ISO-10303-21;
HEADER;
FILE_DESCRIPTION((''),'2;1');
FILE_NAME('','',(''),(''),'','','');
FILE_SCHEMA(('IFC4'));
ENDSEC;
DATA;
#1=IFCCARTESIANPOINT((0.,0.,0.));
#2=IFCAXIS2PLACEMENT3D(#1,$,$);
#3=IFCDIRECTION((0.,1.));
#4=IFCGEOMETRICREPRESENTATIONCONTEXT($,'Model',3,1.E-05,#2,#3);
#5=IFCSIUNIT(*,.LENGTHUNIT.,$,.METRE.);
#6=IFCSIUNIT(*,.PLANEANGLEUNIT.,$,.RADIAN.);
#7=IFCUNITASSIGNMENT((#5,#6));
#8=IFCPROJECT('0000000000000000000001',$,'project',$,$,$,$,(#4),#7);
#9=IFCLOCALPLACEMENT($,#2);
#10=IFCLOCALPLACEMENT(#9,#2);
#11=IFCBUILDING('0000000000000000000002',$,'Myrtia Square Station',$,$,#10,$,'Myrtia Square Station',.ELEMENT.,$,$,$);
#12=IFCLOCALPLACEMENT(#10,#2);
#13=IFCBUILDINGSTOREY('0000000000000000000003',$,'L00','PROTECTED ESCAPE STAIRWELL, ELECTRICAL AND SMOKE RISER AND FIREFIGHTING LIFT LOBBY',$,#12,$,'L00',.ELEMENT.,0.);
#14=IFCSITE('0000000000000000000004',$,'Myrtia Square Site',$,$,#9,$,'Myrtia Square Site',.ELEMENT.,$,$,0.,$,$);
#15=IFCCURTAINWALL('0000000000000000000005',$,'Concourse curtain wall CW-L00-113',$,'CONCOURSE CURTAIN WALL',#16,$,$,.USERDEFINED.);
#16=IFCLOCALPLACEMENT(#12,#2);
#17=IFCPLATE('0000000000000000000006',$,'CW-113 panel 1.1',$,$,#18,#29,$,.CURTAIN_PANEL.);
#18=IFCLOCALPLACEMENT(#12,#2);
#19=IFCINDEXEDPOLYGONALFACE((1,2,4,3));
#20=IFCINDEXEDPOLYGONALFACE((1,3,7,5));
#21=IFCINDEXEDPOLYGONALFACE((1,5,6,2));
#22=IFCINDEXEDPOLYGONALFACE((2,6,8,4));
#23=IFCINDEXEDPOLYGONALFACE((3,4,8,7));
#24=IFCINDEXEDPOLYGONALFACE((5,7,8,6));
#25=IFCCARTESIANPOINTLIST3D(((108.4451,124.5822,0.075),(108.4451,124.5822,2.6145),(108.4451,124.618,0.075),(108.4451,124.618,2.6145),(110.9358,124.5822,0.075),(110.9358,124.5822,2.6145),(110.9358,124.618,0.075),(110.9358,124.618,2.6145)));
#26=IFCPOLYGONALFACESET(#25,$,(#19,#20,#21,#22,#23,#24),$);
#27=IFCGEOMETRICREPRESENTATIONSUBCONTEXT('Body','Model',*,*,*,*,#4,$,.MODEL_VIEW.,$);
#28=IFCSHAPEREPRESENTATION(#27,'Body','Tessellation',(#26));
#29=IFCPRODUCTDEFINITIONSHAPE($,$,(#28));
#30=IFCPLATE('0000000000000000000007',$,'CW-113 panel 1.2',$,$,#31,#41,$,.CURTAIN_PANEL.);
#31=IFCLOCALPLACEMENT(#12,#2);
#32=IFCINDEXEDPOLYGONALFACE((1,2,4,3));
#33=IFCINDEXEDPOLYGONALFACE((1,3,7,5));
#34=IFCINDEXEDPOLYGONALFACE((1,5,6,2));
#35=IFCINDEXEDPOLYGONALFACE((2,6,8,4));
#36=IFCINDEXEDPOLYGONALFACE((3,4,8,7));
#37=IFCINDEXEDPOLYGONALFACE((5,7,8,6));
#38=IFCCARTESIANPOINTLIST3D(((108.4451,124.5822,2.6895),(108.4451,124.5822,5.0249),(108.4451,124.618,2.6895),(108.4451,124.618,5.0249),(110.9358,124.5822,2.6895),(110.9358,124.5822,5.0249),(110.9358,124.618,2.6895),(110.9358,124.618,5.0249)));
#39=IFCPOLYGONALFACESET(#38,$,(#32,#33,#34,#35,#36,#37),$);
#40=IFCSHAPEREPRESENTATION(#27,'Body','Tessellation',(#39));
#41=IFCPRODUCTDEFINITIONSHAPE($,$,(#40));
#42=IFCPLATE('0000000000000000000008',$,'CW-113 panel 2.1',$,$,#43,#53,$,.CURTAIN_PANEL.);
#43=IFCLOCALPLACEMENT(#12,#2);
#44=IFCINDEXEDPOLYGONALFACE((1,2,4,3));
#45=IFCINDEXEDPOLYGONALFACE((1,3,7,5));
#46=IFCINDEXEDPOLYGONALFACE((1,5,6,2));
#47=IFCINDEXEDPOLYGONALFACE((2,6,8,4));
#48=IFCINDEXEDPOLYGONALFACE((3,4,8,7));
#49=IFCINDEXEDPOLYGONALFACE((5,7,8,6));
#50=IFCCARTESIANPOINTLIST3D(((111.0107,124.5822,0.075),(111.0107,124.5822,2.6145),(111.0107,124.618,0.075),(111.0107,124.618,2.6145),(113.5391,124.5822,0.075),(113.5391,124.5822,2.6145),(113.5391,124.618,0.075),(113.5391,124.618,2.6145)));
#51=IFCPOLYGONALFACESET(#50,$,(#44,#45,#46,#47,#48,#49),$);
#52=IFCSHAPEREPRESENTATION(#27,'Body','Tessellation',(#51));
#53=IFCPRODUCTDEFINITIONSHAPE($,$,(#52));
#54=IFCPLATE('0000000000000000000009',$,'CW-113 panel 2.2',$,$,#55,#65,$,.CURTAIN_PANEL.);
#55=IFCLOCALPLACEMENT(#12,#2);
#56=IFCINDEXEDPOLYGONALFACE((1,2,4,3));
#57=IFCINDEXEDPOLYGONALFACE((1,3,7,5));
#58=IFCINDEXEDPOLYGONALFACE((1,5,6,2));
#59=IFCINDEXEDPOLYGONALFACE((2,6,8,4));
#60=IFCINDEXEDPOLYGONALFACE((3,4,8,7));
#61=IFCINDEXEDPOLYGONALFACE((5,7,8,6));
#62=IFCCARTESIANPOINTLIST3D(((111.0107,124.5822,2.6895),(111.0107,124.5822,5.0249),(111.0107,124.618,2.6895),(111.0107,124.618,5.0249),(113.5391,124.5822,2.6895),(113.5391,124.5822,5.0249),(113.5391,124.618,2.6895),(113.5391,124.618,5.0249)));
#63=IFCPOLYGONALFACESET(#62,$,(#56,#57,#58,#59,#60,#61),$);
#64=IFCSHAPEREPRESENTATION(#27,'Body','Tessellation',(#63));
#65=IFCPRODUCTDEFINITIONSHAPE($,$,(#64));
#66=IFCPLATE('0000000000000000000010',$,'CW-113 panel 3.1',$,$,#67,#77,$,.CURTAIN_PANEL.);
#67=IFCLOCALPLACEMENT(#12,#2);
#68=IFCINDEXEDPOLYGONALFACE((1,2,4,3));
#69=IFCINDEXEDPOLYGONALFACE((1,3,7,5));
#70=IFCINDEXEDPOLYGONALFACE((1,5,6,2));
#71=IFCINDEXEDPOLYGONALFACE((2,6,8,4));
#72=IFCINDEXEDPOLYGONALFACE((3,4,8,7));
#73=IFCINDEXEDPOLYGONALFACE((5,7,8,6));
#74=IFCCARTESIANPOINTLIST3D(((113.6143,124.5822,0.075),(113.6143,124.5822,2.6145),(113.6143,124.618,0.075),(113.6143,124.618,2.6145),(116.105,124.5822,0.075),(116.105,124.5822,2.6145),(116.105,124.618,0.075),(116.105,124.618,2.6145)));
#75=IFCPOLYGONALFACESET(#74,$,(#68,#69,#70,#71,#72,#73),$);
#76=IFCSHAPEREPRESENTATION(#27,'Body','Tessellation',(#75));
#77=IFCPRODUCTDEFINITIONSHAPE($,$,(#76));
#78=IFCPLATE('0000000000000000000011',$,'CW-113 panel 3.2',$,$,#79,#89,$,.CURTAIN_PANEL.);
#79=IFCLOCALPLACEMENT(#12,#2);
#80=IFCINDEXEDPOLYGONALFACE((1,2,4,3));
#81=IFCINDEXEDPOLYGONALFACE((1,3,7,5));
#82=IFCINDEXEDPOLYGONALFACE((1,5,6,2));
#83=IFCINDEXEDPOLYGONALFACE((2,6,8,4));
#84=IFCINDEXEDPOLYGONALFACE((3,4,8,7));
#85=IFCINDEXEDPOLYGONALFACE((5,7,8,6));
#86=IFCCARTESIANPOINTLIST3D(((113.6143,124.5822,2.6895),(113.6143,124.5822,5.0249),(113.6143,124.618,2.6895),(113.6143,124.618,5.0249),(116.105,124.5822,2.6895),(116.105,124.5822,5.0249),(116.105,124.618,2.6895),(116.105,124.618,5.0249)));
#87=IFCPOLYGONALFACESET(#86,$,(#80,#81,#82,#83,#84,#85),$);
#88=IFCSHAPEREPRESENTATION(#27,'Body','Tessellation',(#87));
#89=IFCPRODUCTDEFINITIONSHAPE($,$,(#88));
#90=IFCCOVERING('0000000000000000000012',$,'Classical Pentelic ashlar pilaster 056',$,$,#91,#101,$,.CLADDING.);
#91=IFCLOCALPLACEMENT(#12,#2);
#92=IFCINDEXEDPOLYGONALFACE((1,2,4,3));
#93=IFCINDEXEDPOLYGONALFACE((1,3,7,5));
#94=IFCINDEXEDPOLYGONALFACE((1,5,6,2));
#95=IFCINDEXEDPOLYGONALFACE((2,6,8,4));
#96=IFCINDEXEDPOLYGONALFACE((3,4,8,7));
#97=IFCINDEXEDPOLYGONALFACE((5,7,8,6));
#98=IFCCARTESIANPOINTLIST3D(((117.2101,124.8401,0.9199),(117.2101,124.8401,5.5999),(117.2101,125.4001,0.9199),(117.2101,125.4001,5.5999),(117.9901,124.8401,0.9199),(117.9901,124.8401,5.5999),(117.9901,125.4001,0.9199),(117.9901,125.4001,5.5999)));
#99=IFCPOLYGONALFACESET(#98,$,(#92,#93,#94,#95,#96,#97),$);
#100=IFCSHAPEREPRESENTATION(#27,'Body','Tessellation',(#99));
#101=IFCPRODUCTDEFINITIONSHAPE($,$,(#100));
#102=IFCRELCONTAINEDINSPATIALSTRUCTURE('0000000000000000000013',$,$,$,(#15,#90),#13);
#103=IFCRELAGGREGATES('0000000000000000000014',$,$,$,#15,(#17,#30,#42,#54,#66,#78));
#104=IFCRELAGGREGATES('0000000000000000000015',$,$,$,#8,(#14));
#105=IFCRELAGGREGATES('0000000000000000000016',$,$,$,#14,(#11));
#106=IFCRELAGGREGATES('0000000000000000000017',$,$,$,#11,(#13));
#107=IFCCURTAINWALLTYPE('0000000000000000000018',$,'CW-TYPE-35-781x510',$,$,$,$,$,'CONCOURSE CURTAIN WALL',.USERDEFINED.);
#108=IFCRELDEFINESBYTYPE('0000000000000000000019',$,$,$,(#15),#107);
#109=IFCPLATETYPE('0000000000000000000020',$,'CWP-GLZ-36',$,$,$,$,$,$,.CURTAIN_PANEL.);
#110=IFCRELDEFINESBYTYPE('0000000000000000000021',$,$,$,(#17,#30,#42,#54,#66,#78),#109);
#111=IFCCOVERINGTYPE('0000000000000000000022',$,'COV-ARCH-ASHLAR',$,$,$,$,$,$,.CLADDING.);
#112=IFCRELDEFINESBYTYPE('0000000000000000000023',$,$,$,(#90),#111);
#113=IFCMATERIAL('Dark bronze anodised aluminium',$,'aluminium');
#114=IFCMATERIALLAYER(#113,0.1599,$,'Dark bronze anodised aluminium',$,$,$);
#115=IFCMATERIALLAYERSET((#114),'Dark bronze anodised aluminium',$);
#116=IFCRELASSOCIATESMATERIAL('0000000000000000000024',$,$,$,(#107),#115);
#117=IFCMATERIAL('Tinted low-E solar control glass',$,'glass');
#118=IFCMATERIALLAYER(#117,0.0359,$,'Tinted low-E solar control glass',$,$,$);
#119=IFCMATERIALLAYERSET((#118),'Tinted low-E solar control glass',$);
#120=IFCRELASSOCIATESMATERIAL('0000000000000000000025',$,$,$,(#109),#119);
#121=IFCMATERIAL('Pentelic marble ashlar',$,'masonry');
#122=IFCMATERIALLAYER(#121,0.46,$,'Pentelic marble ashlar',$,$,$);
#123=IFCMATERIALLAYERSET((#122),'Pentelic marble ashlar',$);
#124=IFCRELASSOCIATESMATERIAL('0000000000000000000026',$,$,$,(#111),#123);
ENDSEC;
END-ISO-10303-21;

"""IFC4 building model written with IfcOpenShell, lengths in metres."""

from ifc_helpers import new_model, si_unit, direction, frame, origin, origin_2d, place, context, subcontext, project, spatial, rectangle, extrude, material, layer, layer_set, type_object, element, aggregate, save


model = new_model("IFC4")

# Units and contexts
model_context = context("Model", 3, precision=1e-05, world=origin(), true_north=direction((0.0, 1.0)))
body_context = subcontext(model_context, "Body", "Model", "MODEL_VIEW")
ifc_project = project(units=[si_unit("LENGTHUNIT", "METRE"), si_unit("PLANEANGLEUNIT", "RADIAN")], contexts=[model_context])

# Site, building, storey
site_placement = place(None, origin())
site = spatial("IfcSite", under=ifc_project, at=site_placement, Name="Myrtia Square Site", LongName="Myrtia Square Site", CompositionType="ELEMENT", RefElevation=0.0)
building_placement = place(site_placement, origin())
building = spatial("IfcBuilding", under=site, at=building_placement, Name="Myrtia Square Station", LongName="Myrtia Square Station", CompositionType="ELEMENT")
storey_placement = place(building_placement, origin())
storey = spatial("IfcBuildingStorey", under=building, at=storey_placement, Name="L00", Description="PROTECTED ESCAPE STAIRWELL, ELECTRICAL AND SMOKE RISER AND FIREFIGHTING LIFT LOBBY", LongName="L00", CompositionType="ELEMENT", Elevation=0.0)

# Curtain wall
ifc_material_1 = material(Name="Dark bronze anodised aluminium", Category="aluminium")
ifc_layer_1 = layer(ifc_material_1, 0.1599, Name="Dark bronze anodised aluminium")
ifc_layer_set_1 = layer_set([ifc_layer_1], Name="Dark bronze anodised aluminium")
curtain_wall_type_1 = type_object("IfcCurtainWallType", Name="CW-TYPE-35-781x510", ElementType="CONCOURSE CURTAIN WALL", PredefinedType="USERDEFINED", material=ifc_layer_set_1)
curtain_wall_1_placement = place(storey_placement, origin())
curtain_wall_1 = element("IfcCurtainWall", 1, at=curtain_wall_1_placement, inside=storey, type_object=curtain_wall_type_1, Name="Concourse curtain wall CW-L00-113", ObjectType="CONCOURSE CURTAIN WALL", PredefinedType="USERDEFINED")

# Plates
ifc_material_2 = material(Name="Tinted low-E solar control glass", Category="glass")
ifc_layer_2 = layer(ifc_material_2, 0.0359, Name="Tinted low-E solar control glass")
ifc_layer_set_2 = layer_set([ifc_layer_2], Name="Tinted low-E solar control glass")
plate_type_1 = type_object("IfcPlateType", Name="CWP-GLZ-36", PredefinedType="CURTAIN_PANEL", material=ifc_layer_set_2)
plate_1_placement = place(storey_placement, frame((109.6904, 124.6001, 0.075), z_axis=(0.0, 0.0, 1.0), x_axis=(1.0, 0.0, 0.0)))
plate_1 = element("IfcPlate", 2, at=plate_1_placement, type_object=plate_type_1, Name="CW-113 panel 1.1", PredefinedType="CURTAIN_PANEL", context=body_context, shape_type="SweptSolid", body=[
    extrude(rectangle(XDim=2.4907, YDim=0.0359, at=origin_2d()), origin(), (0.0, 0.0, 1.0), 2.5396),
])
plate_2_placement = place(storey_placement, frame((109.6904, 124.6001, 2.6895), z_axis=(0.0, 0.0, 1.0), x_axis=(1.0, 0.0, 0.0)))
plate_2 = element("IfcPlate", 3, at=plate_2_placement, type_object=plate_type_1, Name="CW-113 panel 1.2", PredefinedType="CURTAIN_PANEL", context=body_context, shape_type="SweptSolid", body=[
    extrude(rectangle(XDim=2.4907, YDim=0.0359, at=origin_2d()), origin(), (0.0, 0.0, 1.0), 2.3354),
])
plate_3_placement = place(storey_placement, frame((112.2749, 124.6001, 0.075), z_axis=(0.0, 0.0, 1.0), x_axis=(1.0, 0.0, 0.0)))
plate_3 = element("IfcPlate", 4, at=plate_3_placement, type_object=plate_type_1, Name="CW-113 panel 2.1", PredefinedType="CURTAIN_PANEL", context=body_context, shape_type="SweptSolid", body=[
    extrude(rectangle(XDim=2.5283, YDim=0.0359, at=origin_2d()), origin(), (0.0, 0.0, 1.0), 2.5396),
])
plate_4_placement = place(storey_placement, frame((112.2749, 124.6001, 2.6895), z_axis=(0.0, 0.0, 1.0), x_axis=(1.0, 0.0, 0.0)))
plate_4 = element("IfcPlate", 5, at=plate_4_placement, type_object=plate_type_1, Name="CW-113 panel 2.2", PredefinedType="CURTAIN_PANEL", context=body_context, shape_type="SweptSolid", body=[
    extrude(rectangle(XDim=2.5283, YDim=0.0359, at=origin_2d()), origin(), (0.0, 0.0, 1.0), 2.3354),
])
plate_5_placement = place(storey_placement, frame((114.8596, 124.6001, 0.075), z_axis=(0.0, 0.0, 1.0), x_axis=(1.0, 0.0, 0.0)))
plate_5 = element("IfcPlate", 6, at=plate_5_placement, type_object=plate_type_1, Name="CW-113 panel 3.1", PredefinedType="CURTAIN_PANEL", context=body_context, shape_type="SweptSolid", body=[
    extrude(rectangle(XDim=2.4907, YDim=0.0359, at=origin_2d()), origin(), (0.0, 0.0, 1.0), 2.5396),
])
plate_6_placement = place(storey_placement, frame((114.8596, 124.6001, 2.6895), z_axis=(0.0, 0.0, 1.0), x_axis=(1.0, 0.0, 0.0)))
plate_6 = element("IfcPlate", 7, at=plate_6_placement, type_object=plate_type_1, Name="CW-113 panel 3.2", PredefinedType="CURTAIN_PANEL", context=body_context, shape_type="SweptSolid", body=[
    extrude(rectangle(XDim=2.4907, YDim=0.0359, at=origin_2d()), origin(), (0.0, 0.0, 1.0), 2.3354),
])
aggregate(curtain_wall_1, [plate_1, plate_2, plate_3, plate_4, plate_5, plate_6])

# Covering
ifc_material_3 = material(Name="Pentelic marble ashlar", Category="masonry")
ifc_layer_3 = layer(ifc_material_3, 0.46, Name="Pentelic marble ashlar")
ifc_layer_set_3 = layer_set([ifc_layer_3], Name="Pentelic marble ashlar")
covering_type = type_object("IfcCoveringType", Name="COV-ARCH-ASHLAR", PredefinedType="CLADDING", material=ifc_layer_set_3)
covering_placement = place(storey_placement, frame((117.6001, 125.1201, 0.9199), z_axis=(0.0, 0.0, 1.0), x_axis=(1.0, 0.0, 0.0)))
element("IfcCovering", 8, at=covering_placement, inside=storey, type_object=covering_type, Name="Classical Pentelic ashlar pilaster 056", PredefinedType="CLADDING", context=body_context, shape_type="SweptSolid", body=[
    extrude(rectangle(XDim=0.78, YDim=0.5601, at=origin_2d()), origin(), (0.0, 0.0, 1.0), 4.6799),
])

save(model, "model.ifc")
